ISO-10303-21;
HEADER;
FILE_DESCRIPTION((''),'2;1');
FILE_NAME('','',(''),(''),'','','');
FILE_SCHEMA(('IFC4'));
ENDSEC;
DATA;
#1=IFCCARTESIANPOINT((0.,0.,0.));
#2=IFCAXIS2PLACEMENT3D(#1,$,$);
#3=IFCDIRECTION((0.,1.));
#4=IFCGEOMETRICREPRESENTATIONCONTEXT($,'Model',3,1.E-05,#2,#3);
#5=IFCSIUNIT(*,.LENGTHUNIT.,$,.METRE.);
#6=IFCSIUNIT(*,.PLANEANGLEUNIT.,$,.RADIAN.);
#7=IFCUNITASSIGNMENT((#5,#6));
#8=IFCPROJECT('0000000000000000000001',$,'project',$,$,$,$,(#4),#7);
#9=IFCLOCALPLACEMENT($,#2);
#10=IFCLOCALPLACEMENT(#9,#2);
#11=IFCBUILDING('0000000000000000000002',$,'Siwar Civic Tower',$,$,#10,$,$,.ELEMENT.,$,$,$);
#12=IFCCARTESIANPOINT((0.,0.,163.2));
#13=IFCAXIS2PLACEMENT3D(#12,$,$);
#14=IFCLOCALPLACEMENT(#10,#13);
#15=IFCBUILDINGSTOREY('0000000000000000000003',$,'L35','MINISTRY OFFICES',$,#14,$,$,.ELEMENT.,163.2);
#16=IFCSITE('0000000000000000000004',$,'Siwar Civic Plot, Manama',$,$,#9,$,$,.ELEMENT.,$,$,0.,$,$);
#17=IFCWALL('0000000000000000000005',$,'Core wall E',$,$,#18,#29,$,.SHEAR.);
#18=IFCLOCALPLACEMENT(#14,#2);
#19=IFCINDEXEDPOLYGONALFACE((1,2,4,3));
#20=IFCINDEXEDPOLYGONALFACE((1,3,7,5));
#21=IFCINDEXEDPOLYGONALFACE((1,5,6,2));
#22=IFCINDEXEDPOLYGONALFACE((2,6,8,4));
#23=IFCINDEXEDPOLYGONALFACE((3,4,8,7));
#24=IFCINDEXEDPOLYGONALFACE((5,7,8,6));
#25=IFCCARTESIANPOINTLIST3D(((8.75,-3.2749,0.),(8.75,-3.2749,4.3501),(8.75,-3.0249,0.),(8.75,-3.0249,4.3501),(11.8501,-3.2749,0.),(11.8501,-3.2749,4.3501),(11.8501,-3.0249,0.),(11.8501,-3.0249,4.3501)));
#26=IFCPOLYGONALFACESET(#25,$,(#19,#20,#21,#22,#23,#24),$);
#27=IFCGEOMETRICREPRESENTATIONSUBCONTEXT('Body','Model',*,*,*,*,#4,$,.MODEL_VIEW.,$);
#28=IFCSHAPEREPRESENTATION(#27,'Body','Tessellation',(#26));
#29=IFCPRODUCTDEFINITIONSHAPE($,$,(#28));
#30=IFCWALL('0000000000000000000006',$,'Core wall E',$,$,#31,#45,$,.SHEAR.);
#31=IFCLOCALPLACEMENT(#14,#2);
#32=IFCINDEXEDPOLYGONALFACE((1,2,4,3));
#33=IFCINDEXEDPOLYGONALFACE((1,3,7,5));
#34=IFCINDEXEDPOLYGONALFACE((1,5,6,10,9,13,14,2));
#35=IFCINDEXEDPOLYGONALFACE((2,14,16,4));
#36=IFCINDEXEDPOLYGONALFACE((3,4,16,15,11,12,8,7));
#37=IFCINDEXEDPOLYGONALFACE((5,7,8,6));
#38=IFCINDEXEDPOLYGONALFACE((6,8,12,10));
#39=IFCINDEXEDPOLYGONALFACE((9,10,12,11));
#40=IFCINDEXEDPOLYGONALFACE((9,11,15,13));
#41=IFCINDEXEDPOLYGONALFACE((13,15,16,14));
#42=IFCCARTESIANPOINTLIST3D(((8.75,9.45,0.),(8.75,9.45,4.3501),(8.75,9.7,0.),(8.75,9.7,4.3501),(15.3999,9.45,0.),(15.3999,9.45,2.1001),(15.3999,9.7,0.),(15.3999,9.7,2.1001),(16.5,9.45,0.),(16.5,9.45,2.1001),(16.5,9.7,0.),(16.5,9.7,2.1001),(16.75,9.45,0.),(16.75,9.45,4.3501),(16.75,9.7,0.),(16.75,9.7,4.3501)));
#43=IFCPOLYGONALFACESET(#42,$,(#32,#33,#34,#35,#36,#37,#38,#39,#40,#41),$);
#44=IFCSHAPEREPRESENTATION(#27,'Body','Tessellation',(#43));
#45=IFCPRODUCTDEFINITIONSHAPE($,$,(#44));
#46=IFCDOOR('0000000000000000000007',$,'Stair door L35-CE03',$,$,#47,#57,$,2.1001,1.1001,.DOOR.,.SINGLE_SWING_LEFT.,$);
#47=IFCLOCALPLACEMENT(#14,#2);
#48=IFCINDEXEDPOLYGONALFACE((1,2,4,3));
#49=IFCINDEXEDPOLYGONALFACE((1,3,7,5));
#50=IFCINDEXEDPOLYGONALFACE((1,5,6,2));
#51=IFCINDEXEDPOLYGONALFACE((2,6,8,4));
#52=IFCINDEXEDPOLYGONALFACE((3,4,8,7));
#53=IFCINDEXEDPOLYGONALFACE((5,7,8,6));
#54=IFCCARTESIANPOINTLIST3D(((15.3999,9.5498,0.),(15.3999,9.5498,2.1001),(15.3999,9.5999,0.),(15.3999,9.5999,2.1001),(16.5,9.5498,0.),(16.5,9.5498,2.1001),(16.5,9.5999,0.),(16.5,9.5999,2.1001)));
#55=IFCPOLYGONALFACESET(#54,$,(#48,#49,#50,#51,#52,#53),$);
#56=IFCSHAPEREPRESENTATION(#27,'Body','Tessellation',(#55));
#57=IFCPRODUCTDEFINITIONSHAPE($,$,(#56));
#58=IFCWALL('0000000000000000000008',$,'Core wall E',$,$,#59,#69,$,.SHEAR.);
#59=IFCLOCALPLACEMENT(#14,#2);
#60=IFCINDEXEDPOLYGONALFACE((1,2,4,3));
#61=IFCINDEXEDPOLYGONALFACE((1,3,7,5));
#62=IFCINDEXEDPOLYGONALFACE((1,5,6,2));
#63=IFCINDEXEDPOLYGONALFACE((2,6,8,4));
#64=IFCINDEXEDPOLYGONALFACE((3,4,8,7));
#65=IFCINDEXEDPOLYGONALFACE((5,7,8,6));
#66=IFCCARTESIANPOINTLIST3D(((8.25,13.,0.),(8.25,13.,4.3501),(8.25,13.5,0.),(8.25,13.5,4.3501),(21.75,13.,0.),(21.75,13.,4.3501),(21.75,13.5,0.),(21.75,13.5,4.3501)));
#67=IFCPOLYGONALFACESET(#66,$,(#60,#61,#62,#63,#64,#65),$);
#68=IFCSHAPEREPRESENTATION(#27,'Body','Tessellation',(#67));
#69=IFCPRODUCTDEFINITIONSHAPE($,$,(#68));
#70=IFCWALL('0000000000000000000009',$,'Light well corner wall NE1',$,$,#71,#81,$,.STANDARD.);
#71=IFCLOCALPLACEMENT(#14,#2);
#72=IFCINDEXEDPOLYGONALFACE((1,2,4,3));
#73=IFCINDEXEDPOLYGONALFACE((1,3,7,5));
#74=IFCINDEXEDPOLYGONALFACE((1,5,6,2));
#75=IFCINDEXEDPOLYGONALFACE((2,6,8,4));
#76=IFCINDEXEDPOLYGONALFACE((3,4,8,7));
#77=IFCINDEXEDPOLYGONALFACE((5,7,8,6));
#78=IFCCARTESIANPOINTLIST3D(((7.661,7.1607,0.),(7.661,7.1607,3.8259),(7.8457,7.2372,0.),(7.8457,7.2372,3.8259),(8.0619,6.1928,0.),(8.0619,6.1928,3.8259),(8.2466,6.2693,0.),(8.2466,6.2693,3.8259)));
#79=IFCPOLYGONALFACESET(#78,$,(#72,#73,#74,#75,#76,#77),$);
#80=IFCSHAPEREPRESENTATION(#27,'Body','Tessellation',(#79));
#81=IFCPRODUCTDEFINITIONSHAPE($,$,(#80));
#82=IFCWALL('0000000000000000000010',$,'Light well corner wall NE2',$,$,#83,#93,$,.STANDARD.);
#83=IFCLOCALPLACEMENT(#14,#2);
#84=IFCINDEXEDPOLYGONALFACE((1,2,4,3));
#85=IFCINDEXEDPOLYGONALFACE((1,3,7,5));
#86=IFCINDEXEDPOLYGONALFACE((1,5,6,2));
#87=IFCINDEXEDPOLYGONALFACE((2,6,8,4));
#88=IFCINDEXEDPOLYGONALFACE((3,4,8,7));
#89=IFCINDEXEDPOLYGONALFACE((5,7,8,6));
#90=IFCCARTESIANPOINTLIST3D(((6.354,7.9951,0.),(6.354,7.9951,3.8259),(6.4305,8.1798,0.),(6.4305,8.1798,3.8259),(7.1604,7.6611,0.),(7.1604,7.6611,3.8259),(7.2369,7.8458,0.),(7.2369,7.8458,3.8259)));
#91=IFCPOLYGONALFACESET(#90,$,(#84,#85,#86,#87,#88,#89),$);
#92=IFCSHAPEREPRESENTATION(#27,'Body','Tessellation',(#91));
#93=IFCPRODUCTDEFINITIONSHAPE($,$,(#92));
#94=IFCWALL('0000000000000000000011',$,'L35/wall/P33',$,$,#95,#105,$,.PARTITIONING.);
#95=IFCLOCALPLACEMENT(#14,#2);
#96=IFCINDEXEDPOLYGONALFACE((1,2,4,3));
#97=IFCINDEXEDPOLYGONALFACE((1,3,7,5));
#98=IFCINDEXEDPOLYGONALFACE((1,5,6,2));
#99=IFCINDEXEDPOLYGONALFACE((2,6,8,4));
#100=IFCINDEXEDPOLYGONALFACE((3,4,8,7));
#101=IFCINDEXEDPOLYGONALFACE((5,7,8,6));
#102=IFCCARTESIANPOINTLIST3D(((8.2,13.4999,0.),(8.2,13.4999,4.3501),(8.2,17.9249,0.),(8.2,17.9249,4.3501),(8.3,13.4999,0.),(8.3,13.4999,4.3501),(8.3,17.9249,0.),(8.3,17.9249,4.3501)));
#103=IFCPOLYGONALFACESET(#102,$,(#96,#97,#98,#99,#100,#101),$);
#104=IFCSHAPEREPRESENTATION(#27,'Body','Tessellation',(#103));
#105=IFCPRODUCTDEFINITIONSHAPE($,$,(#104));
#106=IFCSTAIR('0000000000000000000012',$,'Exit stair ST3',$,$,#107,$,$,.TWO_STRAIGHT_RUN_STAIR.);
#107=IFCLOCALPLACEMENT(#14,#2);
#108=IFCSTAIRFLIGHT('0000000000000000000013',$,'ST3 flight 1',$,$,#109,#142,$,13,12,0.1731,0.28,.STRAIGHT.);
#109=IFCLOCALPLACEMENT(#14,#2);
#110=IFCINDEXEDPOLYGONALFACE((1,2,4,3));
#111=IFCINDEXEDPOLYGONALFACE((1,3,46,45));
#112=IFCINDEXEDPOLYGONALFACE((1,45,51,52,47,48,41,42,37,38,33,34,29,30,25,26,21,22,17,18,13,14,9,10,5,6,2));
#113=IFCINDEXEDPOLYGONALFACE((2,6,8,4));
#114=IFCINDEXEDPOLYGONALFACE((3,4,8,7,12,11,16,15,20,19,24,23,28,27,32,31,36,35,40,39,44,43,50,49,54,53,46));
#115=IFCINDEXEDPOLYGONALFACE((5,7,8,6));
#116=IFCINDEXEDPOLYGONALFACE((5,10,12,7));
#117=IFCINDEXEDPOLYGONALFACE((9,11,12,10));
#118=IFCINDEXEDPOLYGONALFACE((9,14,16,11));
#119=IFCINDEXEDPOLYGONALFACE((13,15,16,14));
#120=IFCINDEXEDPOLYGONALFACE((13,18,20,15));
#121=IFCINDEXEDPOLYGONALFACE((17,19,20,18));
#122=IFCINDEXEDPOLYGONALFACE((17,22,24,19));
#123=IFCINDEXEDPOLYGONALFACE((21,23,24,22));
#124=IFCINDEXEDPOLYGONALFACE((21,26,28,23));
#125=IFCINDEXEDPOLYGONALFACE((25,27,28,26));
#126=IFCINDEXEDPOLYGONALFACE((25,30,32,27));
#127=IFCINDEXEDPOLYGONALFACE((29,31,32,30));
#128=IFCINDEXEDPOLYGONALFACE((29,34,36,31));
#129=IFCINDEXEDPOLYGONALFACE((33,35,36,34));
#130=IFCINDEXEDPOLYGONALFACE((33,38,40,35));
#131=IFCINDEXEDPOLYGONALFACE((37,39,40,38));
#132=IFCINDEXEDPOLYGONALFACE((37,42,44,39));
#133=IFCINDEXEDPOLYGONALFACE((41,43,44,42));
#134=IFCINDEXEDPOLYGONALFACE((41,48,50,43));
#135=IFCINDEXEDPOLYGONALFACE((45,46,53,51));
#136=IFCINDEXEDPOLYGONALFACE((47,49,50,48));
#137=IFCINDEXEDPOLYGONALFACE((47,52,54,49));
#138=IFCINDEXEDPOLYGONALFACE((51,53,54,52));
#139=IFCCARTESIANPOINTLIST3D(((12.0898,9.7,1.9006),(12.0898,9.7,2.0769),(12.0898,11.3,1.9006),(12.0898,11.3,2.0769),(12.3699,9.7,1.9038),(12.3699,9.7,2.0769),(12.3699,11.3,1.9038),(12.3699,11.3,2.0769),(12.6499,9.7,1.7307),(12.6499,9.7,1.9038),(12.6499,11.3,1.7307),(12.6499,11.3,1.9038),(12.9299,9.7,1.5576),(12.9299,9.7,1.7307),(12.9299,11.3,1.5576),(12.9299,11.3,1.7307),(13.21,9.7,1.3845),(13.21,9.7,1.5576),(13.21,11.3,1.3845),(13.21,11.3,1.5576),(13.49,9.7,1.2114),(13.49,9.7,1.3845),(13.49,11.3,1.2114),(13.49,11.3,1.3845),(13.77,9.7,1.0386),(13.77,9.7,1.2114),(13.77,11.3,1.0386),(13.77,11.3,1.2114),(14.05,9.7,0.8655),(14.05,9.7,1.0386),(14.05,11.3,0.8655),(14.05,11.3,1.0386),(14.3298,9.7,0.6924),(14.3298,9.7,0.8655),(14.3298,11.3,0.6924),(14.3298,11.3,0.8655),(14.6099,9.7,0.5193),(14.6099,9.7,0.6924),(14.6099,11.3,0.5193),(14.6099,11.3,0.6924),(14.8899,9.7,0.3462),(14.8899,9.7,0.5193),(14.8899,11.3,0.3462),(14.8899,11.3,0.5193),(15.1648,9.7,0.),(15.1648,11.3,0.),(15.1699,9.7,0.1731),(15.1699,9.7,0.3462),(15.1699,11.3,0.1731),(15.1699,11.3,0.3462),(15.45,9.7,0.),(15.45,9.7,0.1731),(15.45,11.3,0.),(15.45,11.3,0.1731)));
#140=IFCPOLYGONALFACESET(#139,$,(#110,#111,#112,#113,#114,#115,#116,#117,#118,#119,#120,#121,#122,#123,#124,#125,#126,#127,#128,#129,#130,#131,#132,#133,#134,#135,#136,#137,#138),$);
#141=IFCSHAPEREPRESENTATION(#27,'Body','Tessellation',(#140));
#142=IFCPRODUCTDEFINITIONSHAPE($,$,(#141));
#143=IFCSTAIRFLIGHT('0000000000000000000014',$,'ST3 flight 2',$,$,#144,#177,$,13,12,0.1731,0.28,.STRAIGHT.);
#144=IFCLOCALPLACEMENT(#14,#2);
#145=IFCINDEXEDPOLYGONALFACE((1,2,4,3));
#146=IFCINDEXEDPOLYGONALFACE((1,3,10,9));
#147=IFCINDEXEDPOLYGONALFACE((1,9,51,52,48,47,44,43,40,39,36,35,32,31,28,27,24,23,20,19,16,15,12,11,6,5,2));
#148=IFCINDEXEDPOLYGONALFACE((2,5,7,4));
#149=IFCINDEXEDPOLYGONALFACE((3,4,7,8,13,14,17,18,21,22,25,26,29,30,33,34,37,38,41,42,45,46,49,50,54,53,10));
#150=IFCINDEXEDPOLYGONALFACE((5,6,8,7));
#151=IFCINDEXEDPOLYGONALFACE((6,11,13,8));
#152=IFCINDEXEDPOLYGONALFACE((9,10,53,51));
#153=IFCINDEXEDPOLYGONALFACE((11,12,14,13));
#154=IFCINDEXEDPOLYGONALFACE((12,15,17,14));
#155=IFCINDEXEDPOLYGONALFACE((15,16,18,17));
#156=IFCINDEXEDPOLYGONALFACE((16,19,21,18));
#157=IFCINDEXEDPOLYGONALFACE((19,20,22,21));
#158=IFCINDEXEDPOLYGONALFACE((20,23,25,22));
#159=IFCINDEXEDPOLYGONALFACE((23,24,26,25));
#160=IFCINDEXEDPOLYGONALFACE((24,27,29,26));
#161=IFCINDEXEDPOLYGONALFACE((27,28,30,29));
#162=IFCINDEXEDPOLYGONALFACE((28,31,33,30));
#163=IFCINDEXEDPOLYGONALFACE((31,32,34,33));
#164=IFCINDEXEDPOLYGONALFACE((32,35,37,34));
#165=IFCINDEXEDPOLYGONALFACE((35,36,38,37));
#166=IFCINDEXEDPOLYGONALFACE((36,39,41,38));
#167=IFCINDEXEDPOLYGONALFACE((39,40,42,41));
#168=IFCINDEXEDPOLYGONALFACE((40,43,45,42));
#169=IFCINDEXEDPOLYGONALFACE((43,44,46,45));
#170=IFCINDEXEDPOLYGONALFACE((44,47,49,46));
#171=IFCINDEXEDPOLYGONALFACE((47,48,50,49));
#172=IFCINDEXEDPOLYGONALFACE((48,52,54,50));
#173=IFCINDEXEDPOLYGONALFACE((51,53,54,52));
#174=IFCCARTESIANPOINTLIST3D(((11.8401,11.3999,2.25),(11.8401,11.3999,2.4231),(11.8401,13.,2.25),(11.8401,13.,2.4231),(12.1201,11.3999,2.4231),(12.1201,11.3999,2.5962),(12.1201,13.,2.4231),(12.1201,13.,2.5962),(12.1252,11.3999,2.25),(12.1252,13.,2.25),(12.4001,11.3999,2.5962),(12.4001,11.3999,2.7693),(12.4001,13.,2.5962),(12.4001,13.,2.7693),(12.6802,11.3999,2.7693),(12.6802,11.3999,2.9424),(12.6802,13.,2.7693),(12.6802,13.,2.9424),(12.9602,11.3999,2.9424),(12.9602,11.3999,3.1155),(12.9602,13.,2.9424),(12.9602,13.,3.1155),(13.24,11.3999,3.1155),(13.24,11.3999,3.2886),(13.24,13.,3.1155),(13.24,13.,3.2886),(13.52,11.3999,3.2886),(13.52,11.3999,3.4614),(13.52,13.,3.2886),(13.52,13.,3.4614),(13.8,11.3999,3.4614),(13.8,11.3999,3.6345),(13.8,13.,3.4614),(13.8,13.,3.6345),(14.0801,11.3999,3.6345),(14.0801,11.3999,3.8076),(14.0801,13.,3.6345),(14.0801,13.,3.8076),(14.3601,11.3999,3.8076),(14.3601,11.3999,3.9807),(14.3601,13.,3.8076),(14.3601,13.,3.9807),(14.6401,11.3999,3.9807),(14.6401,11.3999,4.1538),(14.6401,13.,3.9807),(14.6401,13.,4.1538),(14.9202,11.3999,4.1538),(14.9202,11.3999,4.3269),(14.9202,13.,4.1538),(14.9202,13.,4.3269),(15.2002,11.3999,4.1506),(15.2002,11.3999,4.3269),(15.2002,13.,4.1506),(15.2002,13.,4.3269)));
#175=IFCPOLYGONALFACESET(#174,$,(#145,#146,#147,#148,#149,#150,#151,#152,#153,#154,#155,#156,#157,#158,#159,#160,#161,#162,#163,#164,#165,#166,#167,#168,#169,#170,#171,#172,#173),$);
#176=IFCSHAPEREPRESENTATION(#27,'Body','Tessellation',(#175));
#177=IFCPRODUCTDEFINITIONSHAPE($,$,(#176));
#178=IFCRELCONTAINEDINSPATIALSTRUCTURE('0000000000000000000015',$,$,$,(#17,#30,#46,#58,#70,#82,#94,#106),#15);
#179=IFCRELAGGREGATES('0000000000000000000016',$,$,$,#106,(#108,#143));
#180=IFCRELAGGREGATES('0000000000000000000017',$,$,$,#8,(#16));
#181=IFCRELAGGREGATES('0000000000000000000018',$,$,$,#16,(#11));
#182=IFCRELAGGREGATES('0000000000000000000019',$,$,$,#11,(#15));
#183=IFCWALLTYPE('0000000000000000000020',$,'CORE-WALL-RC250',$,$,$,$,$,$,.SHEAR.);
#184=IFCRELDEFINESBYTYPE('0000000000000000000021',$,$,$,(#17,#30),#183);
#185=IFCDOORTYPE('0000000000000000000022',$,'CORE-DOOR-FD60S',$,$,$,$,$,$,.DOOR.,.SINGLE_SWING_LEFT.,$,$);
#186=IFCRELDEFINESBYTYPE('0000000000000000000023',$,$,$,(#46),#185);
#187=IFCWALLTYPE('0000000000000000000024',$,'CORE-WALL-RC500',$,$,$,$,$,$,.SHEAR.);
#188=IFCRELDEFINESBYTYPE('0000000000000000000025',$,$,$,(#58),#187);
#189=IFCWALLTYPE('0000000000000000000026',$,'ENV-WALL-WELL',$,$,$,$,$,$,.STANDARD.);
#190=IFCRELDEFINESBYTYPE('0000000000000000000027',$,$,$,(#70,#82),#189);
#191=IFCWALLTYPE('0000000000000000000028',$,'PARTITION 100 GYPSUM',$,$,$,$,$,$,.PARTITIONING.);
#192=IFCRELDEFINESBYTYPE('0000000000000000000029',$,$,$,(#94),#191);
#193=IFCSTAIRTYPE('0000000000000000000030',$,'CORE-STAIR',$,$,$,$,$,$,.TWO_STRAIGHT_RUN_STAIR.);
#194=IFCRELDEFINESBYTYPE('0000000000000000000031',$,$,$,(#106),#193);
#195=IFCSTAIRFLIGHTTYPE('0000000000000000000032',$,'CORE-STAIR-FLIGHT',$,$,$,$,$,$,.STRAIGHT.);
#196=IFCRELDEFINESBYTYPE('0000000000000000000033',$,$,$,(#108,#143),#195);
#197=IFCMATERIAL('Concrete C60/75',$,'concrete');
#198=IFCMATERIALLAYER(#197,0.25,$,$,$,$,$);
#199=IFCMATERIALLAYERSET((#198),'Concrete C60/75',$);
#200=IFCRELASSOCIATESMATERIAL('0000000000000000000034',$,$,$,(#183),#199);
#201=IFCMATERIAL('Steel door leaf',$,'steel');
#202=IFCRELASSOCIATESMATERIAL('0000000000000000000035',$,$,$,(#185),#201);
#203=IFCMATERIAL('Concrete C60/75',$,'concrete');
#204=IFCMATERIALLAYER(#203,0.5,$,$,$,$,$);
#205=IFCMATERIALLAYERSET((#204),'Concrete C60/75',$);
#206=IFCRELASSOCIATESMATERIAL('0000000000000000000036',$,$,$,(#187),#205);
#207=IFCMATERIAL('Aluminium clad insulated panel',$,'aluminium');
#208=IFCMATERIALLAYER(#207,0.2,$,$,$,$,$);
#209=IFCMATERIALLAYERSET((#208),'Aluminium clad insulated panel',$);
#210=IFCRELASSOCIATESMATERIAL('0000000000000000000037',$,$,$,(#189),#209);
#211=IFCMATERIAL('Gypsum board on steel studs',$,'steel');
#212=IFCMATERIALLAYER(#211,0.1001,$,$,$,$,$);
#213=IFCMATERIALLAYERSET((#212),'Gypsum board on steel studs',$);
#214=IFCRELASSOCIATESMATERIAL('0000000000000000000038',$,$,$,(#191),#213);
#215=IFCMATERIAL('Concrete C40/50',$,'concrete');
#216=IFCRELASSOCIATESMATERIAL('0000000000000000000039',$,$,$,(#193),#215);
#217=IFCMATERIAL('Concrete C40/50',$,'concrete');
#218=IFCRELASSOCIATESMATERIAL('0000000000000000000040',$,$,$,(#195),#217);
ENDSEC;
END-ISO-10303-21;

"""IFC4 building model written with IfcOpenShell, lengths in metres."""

from ifc_helpers import new_model, si_unit, direction, frame, frame_2d, origin, place, context, subcontext, project, spatial, polyline, rectangle, outline, extrude, material, layer, layer_set, type_object, element, fill, aggregate, save


model = new_model("IFC4")

# Units and contexts
model_context = context("Model", 3, precision=1e-05, world=origin(), true_north=direction((0.0, 1.0)))
body_context = subcontext(model_context, "Body", "Model", "MODEL_VIEW")
ifc_project = project(units=[si_unit("LENGTHUNIT", "METRE"), si_unit("PLANEANGLEUNIT", "RADIAN")], contexts=[model_context])

# Site, building, storey
site_placement = place(None, origin())
site = spatial("IfcSite", under=ifc_project, at=site_placement, Name="Siwar Civic Plot, Manama", CompositionType="ELEMENT", RefElevation=0.0)
building_placement = place(site_placement, origin())
building = spatial("IfcBuilding", under=site, at=building_placement, Name="Siwar Civic Tower", CompositionType="ELEMENT")
storey_placement = place(building_placement, frame((0.0, 0.0, 163.2)))
storey = spatial("IfcBuildingStorey", under=building, at=storey_placement, Name="L35", Description="MINISTRY OFFICES", CompositionType="ELEMENT", Elevation=163.2)

# Shared definitions
ifc_material_1 = material(Name="Concrete C60/75", Category="concrete")
ifc_layer_1 = layer(ifc_material_1, 0.25)
ifc_layer_set_1 = layer_set([ifc_layer_1], Name="Concrete C60/75")
wall_type_1 = type_object("IfcWallType", Name="CORE-WALL-RC250", PredefinedType="SHEAR", material=ifc_layer_set_1)

# Wall
for number, where, z_axis, x_axis, name in (
    (1, (8.75, -3.1499, 0.0), (0.0, 0.0, 1.0), (1.0, 0.0, 0.0), "Core wall E"),
):
    element("IfcWall", number, at=place(storey_placement, frame(where, z_axis=z_axis, x_axis=x_axis)), inside=storey, type_object=wall_type_1, Name=name, PredefinedType="SHEAR", context=body_context, shape_type="SweptSolid", body=[
        extrude(rectangle(XDim=3.1001, YDim=0.25, at=frame_2d((1.55, 0.0))), origin(), (0.0, 0.0, 1.0), 4.3501),
    ])

# Wall, opening, door
wall_1_placement = place(storey_placement, frame((8.75, 9.575, 0.0), z_axis=(0.0, 0.0, 1.0), x_axis=(1.0, 0.0, 0.0)))
wall_1 = element("IfcWall", 2, at=wall_1_placement, inside=storey, type_object=wall_type_1, Name="Core wall E", PredefinedType="SHEAR", context=body_context, shape_type="SweptSolid", body=[
    extrude(rectangle(XDim=8.0, YDim=0.25, at=frame_2d((4.0, 0.0))), origin(), (0.0, 0.0, 1.0), 4.3501),
])
opening_1_placement = place(wall_1_placement, frame((6.6499, 0.0, 0.0)))
opening_1 = element("IfcOpeningElement", 3, at=opening_1_placement, cuts=wall_1, PredefinedType="OPENING", context=body_context, shape_type="SweptSolid", body=[
    extrude(rectangle(XDim=1.1001, YDim=2.1001, at=frame_2d((0.55, 1.05))), frame((0.0, 0.135, 0.0), z_axis=(0.0, -1.0, 0.0), x_axis=(1.0, 0.0, 0.0)), (0.0, 0.0, 1.0), 0.27),
])
ifc_material_2 = material(Name="Steel door leaf", Category="steel")
door_type_1 = type_object("IfcDoorType", Name="CORE-DOOR-FD60S", OperationType="SINGLE_SWING_LEFT", PredefinedType="DOOR", material=ifc_material_2)
door_1_placement = place(opening_1_placement, origin())
door_1 = element("IfcDoor", 4, at=door_1_placement, inside=storey, type_object=door_type_1, Name="Stair door L35-CE03", OperationType="SINGLE_SWING_LEFT", OverallHeight=2.1001, OverallWidth=1.1001, PredefinedType="DOOR", context=body_context, shape_type="SweptSolid", body=[
    extrude(rectangle(XDim=1.1001, YDim=2.1001, at=frame_2d((0.55, 1.05))), frame((0.0, 0.0249, 0.0), z_axis=(0.0, -1.0, 0.0), x_axis=(1.0, 0.0, 0.0)), (0.0, 0.0, 1.0), 0.05),
])
fill(opening_1, door_1)

# Walls
ifc_material_3 = material(Name="Concrete C60/75", Category="concrete")
ifc_layer_2 = layer(ifc_material_3, 0.5)
ifc_layer_set_2 = layer_set([ifc_layer_2], Name="Concrete C60/75")
wall_type_2 = type_object("IfcWallType", Name="CORE-WALL-RC500", PredefinedType="SHEAR", material=ifc_layer_set_2)
wall_2_placement = place(storey_placement, frame((8.25, 13.25, 0.0), z_axis=(0.0, 0.0, 1.0), x_axis=(1.0, 0.0, 0.0)))
element("IfcWall", 5, at=wall_2_placement, inside=storey, type_object=wall_type_2, Name="Core wall E", PredefinedType="SHEAR", context=body_context, shape_type="SweptSolid", body=[
    extrude(rectangle(XDim=13.5, YDim=0.5, at=frame_2d((6.75, 0.0))), origin(), (0.0, 0.0, 1.0), 4.3501),
])
ifc_material_4 = material(Name="Aluminium clad insulated panel", Category="aluminium")
ifc_layer_3 = layer(ifc_material_4, 0.2)
ifc_layer_set_3 = layer_set([ifc_layer_3], Name="Aluminium clad insulated panel")
wall_type_3 = type_object("IfcWallType", Name="ENV-WALL-WELL", PredefinedType="STANDARD", material=ifc_layer_set_3)
wall_3_placement = place(storey_placement, frame((8.1543, 6.231, 0.0), z_axis=(0.0, 0.0, 1.0), x_axis=(-0.382695, 0.923875, 0.0)))
element("IfcWall", 6, at=wall_3_placement, inside=storey, type_object=wall_type_3, Name="Light well corner wall NE1", PredefinedType="STANDARD", context=body_context, shape_type="SweptSolid", body=[
    extrude(rectangle(XDim=1.0476, YDim=0.2, at=frame_2d((0.5239, 0.0))), origin(), (0.0, 0.0, 1.0), 3.8259),
])
wall_4_placement = place(storey_placement, frame((7.1987, 7.7534, 0.0), z_axis=(0.0, 0.0, 1.0), x_axis=(-0.923894, 0.382648, 0.0)))
element("IfcWall", 7, at=wall_4_placement, inside=storey, type_object=wall_type_3, Name="Light well corner wall NE2", PredefinedType="STANDARD", context=body_context, shape_type="SweptSolid", body=[
    extrude(rectangle(XDim=0.8728, YDim=0.2, at=frame_2d((0.4365, 0.0))), origin(), (0.0, 0.0, 1.0), 3.8259),
])
ifc_material_5 = material(Name="Gypsum board on steel studs", Category="steel")
ifc_layer_4 = layer(ifc_material_5, 0.1001)
ifc_layer_set_4 = layer_set([ifc_layer_4], Name="Gypsum board on steel studs")
wall_type_4 = type_object("IfcWallType", Name="PARTITION 100 GYPSUM", PredefinedType="PARTITIONING", material=ifc_layer_set_4)
wall_5_placement = place(storey_placement, frame((8.25, 13.5, 0.0), z_axis=(0.0, 0.0, 1.0), x_axis=(0.0, 1.0, 0.0)))
element("IfcWall", 8, at=wall_5_placement, inside=storey, type_object=wall_type_4, Name="L35/wall/P33", PredefinedType="PARTITIONING", context=body_context, shape_type="SweptSolid", body=[
    extrude(rectangle(XDim=4.425, YDim=0.1001, at=frame_2d((2.2124, 0.0))), origin(), (0.0, 0.0, 1.0), 4.3501),
])

# Stair, stair flights
ifc_material_6 = material(Name="Concrete C40/50", Category="concrete")
stair_type = type_object("IfcStairType", Name="CORE-STAIR", PredefinedType="TWO_STRAIGHT_RUN_STAIR", material=ifc_material_6)
stair_placement = place(storey_placement, origin())
stair = element("IfcStair", 9, at=stair_placement, inside=storey, type_object=stair_type, Name="Exit stair ST3", PredefinedType="TWO_STRAIGHT_RUN_STAIR")
ifc_material_7 = material(Name="Concrete C40/50", Category="concrete")
stair_flight_type = type_object("IfcStairFlightType", Name="CORE-STAIR-FLIGHT", PredefinedType="STRAIGHT", material=ifc_material_7)
stair_flight_1_placement = place(storey_placement, frame((15.45, 10.5, 0.0), z_axis=(0.0, 0.0, 1.0), x_axis=(-1.0, 0.0, 0.0)))
stair_flight_1 = element("IfcStairFlight", 10, at=stair_flight_1_placement, type_object=stair_flight_type, Name="ST3 flight 1", NumberOfRisers=13, NumberOfTreads=12, PredefinedType="STRAIGHT", RiserHeight=0.1731, TreadLength=0.28, context=body_context, shape_type="SweptSolid", body=[
    extrude(outline(polyline([(0.0, 0.0), (0.0, 0.1731), (0.28, 0.1731), (0.28, 0.3462), (0.5601, 0.3462), (0.5601, 0.5193), (0.8401, 0.5193), (0.8401, 0.6924), (1.1201, 0.6924), (1.1201, 0.8655), (1.3999, 0.8655), (1.3999, 1.0386), (1.6799, 1.0386), (1.6799, 1.2114), (1.96, 1.2114), (1.96, 1.3845), (2.24, 1.3845), (2.24, 1.5576), (2.52, 1.5576), (2.52, 1.7307), (2.8, 1.7307), (2.8, 1.9038), (3.0801, 1.9038), (3.0801, 2.0769), (3.3601, 2.0769), (3.3601, 2.25), (3.3601, 1.9006), (0.2852, 0.0), (0.0, 0.0)])), frame((0.0, 0.8, 0.0), z_axis=(0.0, -1.0, 0.0), x_axis=(1.0, 0.0, 0.0)), (0.0, 0.0, 1.0), 1.6001),
])
stair_flight_2_placement = place(storey_placement, frame((11.8401, 12.2, 2.25), z_axis=(0.0, 0.0, 1.0), x_axis=(1.0, 0.0, 0.0)))
stair_flight_2 = element("IfcStairFlight", 11, at=stair_flight_2_placement, type_object=stair_flight_type, Name="ST3 flight 2", NumberOfRisers=13, NumberOfTreads=12, PredefinedType="STRAIGHT", RiserHeight=0.1731, TreadLength=0.28, context=body_context, shape_type="SweptSolid", body=[
    extrude(outline(polyline([(0.0, 0.0), (0.0, 0.1731), (0.28, 0.1731), (0.28, 0.3462), (0.5601, 0.3462), (0.5601, 0.5193), (0.8401, 0.5193), (0.8401, 0.6924), (1.1201, 0.6924), (1.1201, 0.8655), (1.3999, 0.8655), (1.3999, 1.0386), (1.6799, 1.0386), (1.6799, 1.2114), (1.96, 1.2114), (1.96, 1.3845), (2.24, 1.3845), (2.24, 1.5576), (2.52, 1.5576), (2.52, 1.7307), (2.8, 1.7307), (2.8, 1.9038), (3.0801, 1.9038), (3.0801, 2.0769), (3.3601, 2.0769), (3.3601, 2.25), (3.3601, 1.9006), (0.2852, 0.0), (0.0, 0.0)])), frame((0.0, 0.8, 0.0), z_axis=(0.0, -1.0, 0.0), x_axis=(1.0, 0.0, 0.0)), (0.0, 0.0, 1.0), 1.6001),
])
aggregate(stair, [stair_flight_1, stair_flight_2])

save(model, "model.ifc")
